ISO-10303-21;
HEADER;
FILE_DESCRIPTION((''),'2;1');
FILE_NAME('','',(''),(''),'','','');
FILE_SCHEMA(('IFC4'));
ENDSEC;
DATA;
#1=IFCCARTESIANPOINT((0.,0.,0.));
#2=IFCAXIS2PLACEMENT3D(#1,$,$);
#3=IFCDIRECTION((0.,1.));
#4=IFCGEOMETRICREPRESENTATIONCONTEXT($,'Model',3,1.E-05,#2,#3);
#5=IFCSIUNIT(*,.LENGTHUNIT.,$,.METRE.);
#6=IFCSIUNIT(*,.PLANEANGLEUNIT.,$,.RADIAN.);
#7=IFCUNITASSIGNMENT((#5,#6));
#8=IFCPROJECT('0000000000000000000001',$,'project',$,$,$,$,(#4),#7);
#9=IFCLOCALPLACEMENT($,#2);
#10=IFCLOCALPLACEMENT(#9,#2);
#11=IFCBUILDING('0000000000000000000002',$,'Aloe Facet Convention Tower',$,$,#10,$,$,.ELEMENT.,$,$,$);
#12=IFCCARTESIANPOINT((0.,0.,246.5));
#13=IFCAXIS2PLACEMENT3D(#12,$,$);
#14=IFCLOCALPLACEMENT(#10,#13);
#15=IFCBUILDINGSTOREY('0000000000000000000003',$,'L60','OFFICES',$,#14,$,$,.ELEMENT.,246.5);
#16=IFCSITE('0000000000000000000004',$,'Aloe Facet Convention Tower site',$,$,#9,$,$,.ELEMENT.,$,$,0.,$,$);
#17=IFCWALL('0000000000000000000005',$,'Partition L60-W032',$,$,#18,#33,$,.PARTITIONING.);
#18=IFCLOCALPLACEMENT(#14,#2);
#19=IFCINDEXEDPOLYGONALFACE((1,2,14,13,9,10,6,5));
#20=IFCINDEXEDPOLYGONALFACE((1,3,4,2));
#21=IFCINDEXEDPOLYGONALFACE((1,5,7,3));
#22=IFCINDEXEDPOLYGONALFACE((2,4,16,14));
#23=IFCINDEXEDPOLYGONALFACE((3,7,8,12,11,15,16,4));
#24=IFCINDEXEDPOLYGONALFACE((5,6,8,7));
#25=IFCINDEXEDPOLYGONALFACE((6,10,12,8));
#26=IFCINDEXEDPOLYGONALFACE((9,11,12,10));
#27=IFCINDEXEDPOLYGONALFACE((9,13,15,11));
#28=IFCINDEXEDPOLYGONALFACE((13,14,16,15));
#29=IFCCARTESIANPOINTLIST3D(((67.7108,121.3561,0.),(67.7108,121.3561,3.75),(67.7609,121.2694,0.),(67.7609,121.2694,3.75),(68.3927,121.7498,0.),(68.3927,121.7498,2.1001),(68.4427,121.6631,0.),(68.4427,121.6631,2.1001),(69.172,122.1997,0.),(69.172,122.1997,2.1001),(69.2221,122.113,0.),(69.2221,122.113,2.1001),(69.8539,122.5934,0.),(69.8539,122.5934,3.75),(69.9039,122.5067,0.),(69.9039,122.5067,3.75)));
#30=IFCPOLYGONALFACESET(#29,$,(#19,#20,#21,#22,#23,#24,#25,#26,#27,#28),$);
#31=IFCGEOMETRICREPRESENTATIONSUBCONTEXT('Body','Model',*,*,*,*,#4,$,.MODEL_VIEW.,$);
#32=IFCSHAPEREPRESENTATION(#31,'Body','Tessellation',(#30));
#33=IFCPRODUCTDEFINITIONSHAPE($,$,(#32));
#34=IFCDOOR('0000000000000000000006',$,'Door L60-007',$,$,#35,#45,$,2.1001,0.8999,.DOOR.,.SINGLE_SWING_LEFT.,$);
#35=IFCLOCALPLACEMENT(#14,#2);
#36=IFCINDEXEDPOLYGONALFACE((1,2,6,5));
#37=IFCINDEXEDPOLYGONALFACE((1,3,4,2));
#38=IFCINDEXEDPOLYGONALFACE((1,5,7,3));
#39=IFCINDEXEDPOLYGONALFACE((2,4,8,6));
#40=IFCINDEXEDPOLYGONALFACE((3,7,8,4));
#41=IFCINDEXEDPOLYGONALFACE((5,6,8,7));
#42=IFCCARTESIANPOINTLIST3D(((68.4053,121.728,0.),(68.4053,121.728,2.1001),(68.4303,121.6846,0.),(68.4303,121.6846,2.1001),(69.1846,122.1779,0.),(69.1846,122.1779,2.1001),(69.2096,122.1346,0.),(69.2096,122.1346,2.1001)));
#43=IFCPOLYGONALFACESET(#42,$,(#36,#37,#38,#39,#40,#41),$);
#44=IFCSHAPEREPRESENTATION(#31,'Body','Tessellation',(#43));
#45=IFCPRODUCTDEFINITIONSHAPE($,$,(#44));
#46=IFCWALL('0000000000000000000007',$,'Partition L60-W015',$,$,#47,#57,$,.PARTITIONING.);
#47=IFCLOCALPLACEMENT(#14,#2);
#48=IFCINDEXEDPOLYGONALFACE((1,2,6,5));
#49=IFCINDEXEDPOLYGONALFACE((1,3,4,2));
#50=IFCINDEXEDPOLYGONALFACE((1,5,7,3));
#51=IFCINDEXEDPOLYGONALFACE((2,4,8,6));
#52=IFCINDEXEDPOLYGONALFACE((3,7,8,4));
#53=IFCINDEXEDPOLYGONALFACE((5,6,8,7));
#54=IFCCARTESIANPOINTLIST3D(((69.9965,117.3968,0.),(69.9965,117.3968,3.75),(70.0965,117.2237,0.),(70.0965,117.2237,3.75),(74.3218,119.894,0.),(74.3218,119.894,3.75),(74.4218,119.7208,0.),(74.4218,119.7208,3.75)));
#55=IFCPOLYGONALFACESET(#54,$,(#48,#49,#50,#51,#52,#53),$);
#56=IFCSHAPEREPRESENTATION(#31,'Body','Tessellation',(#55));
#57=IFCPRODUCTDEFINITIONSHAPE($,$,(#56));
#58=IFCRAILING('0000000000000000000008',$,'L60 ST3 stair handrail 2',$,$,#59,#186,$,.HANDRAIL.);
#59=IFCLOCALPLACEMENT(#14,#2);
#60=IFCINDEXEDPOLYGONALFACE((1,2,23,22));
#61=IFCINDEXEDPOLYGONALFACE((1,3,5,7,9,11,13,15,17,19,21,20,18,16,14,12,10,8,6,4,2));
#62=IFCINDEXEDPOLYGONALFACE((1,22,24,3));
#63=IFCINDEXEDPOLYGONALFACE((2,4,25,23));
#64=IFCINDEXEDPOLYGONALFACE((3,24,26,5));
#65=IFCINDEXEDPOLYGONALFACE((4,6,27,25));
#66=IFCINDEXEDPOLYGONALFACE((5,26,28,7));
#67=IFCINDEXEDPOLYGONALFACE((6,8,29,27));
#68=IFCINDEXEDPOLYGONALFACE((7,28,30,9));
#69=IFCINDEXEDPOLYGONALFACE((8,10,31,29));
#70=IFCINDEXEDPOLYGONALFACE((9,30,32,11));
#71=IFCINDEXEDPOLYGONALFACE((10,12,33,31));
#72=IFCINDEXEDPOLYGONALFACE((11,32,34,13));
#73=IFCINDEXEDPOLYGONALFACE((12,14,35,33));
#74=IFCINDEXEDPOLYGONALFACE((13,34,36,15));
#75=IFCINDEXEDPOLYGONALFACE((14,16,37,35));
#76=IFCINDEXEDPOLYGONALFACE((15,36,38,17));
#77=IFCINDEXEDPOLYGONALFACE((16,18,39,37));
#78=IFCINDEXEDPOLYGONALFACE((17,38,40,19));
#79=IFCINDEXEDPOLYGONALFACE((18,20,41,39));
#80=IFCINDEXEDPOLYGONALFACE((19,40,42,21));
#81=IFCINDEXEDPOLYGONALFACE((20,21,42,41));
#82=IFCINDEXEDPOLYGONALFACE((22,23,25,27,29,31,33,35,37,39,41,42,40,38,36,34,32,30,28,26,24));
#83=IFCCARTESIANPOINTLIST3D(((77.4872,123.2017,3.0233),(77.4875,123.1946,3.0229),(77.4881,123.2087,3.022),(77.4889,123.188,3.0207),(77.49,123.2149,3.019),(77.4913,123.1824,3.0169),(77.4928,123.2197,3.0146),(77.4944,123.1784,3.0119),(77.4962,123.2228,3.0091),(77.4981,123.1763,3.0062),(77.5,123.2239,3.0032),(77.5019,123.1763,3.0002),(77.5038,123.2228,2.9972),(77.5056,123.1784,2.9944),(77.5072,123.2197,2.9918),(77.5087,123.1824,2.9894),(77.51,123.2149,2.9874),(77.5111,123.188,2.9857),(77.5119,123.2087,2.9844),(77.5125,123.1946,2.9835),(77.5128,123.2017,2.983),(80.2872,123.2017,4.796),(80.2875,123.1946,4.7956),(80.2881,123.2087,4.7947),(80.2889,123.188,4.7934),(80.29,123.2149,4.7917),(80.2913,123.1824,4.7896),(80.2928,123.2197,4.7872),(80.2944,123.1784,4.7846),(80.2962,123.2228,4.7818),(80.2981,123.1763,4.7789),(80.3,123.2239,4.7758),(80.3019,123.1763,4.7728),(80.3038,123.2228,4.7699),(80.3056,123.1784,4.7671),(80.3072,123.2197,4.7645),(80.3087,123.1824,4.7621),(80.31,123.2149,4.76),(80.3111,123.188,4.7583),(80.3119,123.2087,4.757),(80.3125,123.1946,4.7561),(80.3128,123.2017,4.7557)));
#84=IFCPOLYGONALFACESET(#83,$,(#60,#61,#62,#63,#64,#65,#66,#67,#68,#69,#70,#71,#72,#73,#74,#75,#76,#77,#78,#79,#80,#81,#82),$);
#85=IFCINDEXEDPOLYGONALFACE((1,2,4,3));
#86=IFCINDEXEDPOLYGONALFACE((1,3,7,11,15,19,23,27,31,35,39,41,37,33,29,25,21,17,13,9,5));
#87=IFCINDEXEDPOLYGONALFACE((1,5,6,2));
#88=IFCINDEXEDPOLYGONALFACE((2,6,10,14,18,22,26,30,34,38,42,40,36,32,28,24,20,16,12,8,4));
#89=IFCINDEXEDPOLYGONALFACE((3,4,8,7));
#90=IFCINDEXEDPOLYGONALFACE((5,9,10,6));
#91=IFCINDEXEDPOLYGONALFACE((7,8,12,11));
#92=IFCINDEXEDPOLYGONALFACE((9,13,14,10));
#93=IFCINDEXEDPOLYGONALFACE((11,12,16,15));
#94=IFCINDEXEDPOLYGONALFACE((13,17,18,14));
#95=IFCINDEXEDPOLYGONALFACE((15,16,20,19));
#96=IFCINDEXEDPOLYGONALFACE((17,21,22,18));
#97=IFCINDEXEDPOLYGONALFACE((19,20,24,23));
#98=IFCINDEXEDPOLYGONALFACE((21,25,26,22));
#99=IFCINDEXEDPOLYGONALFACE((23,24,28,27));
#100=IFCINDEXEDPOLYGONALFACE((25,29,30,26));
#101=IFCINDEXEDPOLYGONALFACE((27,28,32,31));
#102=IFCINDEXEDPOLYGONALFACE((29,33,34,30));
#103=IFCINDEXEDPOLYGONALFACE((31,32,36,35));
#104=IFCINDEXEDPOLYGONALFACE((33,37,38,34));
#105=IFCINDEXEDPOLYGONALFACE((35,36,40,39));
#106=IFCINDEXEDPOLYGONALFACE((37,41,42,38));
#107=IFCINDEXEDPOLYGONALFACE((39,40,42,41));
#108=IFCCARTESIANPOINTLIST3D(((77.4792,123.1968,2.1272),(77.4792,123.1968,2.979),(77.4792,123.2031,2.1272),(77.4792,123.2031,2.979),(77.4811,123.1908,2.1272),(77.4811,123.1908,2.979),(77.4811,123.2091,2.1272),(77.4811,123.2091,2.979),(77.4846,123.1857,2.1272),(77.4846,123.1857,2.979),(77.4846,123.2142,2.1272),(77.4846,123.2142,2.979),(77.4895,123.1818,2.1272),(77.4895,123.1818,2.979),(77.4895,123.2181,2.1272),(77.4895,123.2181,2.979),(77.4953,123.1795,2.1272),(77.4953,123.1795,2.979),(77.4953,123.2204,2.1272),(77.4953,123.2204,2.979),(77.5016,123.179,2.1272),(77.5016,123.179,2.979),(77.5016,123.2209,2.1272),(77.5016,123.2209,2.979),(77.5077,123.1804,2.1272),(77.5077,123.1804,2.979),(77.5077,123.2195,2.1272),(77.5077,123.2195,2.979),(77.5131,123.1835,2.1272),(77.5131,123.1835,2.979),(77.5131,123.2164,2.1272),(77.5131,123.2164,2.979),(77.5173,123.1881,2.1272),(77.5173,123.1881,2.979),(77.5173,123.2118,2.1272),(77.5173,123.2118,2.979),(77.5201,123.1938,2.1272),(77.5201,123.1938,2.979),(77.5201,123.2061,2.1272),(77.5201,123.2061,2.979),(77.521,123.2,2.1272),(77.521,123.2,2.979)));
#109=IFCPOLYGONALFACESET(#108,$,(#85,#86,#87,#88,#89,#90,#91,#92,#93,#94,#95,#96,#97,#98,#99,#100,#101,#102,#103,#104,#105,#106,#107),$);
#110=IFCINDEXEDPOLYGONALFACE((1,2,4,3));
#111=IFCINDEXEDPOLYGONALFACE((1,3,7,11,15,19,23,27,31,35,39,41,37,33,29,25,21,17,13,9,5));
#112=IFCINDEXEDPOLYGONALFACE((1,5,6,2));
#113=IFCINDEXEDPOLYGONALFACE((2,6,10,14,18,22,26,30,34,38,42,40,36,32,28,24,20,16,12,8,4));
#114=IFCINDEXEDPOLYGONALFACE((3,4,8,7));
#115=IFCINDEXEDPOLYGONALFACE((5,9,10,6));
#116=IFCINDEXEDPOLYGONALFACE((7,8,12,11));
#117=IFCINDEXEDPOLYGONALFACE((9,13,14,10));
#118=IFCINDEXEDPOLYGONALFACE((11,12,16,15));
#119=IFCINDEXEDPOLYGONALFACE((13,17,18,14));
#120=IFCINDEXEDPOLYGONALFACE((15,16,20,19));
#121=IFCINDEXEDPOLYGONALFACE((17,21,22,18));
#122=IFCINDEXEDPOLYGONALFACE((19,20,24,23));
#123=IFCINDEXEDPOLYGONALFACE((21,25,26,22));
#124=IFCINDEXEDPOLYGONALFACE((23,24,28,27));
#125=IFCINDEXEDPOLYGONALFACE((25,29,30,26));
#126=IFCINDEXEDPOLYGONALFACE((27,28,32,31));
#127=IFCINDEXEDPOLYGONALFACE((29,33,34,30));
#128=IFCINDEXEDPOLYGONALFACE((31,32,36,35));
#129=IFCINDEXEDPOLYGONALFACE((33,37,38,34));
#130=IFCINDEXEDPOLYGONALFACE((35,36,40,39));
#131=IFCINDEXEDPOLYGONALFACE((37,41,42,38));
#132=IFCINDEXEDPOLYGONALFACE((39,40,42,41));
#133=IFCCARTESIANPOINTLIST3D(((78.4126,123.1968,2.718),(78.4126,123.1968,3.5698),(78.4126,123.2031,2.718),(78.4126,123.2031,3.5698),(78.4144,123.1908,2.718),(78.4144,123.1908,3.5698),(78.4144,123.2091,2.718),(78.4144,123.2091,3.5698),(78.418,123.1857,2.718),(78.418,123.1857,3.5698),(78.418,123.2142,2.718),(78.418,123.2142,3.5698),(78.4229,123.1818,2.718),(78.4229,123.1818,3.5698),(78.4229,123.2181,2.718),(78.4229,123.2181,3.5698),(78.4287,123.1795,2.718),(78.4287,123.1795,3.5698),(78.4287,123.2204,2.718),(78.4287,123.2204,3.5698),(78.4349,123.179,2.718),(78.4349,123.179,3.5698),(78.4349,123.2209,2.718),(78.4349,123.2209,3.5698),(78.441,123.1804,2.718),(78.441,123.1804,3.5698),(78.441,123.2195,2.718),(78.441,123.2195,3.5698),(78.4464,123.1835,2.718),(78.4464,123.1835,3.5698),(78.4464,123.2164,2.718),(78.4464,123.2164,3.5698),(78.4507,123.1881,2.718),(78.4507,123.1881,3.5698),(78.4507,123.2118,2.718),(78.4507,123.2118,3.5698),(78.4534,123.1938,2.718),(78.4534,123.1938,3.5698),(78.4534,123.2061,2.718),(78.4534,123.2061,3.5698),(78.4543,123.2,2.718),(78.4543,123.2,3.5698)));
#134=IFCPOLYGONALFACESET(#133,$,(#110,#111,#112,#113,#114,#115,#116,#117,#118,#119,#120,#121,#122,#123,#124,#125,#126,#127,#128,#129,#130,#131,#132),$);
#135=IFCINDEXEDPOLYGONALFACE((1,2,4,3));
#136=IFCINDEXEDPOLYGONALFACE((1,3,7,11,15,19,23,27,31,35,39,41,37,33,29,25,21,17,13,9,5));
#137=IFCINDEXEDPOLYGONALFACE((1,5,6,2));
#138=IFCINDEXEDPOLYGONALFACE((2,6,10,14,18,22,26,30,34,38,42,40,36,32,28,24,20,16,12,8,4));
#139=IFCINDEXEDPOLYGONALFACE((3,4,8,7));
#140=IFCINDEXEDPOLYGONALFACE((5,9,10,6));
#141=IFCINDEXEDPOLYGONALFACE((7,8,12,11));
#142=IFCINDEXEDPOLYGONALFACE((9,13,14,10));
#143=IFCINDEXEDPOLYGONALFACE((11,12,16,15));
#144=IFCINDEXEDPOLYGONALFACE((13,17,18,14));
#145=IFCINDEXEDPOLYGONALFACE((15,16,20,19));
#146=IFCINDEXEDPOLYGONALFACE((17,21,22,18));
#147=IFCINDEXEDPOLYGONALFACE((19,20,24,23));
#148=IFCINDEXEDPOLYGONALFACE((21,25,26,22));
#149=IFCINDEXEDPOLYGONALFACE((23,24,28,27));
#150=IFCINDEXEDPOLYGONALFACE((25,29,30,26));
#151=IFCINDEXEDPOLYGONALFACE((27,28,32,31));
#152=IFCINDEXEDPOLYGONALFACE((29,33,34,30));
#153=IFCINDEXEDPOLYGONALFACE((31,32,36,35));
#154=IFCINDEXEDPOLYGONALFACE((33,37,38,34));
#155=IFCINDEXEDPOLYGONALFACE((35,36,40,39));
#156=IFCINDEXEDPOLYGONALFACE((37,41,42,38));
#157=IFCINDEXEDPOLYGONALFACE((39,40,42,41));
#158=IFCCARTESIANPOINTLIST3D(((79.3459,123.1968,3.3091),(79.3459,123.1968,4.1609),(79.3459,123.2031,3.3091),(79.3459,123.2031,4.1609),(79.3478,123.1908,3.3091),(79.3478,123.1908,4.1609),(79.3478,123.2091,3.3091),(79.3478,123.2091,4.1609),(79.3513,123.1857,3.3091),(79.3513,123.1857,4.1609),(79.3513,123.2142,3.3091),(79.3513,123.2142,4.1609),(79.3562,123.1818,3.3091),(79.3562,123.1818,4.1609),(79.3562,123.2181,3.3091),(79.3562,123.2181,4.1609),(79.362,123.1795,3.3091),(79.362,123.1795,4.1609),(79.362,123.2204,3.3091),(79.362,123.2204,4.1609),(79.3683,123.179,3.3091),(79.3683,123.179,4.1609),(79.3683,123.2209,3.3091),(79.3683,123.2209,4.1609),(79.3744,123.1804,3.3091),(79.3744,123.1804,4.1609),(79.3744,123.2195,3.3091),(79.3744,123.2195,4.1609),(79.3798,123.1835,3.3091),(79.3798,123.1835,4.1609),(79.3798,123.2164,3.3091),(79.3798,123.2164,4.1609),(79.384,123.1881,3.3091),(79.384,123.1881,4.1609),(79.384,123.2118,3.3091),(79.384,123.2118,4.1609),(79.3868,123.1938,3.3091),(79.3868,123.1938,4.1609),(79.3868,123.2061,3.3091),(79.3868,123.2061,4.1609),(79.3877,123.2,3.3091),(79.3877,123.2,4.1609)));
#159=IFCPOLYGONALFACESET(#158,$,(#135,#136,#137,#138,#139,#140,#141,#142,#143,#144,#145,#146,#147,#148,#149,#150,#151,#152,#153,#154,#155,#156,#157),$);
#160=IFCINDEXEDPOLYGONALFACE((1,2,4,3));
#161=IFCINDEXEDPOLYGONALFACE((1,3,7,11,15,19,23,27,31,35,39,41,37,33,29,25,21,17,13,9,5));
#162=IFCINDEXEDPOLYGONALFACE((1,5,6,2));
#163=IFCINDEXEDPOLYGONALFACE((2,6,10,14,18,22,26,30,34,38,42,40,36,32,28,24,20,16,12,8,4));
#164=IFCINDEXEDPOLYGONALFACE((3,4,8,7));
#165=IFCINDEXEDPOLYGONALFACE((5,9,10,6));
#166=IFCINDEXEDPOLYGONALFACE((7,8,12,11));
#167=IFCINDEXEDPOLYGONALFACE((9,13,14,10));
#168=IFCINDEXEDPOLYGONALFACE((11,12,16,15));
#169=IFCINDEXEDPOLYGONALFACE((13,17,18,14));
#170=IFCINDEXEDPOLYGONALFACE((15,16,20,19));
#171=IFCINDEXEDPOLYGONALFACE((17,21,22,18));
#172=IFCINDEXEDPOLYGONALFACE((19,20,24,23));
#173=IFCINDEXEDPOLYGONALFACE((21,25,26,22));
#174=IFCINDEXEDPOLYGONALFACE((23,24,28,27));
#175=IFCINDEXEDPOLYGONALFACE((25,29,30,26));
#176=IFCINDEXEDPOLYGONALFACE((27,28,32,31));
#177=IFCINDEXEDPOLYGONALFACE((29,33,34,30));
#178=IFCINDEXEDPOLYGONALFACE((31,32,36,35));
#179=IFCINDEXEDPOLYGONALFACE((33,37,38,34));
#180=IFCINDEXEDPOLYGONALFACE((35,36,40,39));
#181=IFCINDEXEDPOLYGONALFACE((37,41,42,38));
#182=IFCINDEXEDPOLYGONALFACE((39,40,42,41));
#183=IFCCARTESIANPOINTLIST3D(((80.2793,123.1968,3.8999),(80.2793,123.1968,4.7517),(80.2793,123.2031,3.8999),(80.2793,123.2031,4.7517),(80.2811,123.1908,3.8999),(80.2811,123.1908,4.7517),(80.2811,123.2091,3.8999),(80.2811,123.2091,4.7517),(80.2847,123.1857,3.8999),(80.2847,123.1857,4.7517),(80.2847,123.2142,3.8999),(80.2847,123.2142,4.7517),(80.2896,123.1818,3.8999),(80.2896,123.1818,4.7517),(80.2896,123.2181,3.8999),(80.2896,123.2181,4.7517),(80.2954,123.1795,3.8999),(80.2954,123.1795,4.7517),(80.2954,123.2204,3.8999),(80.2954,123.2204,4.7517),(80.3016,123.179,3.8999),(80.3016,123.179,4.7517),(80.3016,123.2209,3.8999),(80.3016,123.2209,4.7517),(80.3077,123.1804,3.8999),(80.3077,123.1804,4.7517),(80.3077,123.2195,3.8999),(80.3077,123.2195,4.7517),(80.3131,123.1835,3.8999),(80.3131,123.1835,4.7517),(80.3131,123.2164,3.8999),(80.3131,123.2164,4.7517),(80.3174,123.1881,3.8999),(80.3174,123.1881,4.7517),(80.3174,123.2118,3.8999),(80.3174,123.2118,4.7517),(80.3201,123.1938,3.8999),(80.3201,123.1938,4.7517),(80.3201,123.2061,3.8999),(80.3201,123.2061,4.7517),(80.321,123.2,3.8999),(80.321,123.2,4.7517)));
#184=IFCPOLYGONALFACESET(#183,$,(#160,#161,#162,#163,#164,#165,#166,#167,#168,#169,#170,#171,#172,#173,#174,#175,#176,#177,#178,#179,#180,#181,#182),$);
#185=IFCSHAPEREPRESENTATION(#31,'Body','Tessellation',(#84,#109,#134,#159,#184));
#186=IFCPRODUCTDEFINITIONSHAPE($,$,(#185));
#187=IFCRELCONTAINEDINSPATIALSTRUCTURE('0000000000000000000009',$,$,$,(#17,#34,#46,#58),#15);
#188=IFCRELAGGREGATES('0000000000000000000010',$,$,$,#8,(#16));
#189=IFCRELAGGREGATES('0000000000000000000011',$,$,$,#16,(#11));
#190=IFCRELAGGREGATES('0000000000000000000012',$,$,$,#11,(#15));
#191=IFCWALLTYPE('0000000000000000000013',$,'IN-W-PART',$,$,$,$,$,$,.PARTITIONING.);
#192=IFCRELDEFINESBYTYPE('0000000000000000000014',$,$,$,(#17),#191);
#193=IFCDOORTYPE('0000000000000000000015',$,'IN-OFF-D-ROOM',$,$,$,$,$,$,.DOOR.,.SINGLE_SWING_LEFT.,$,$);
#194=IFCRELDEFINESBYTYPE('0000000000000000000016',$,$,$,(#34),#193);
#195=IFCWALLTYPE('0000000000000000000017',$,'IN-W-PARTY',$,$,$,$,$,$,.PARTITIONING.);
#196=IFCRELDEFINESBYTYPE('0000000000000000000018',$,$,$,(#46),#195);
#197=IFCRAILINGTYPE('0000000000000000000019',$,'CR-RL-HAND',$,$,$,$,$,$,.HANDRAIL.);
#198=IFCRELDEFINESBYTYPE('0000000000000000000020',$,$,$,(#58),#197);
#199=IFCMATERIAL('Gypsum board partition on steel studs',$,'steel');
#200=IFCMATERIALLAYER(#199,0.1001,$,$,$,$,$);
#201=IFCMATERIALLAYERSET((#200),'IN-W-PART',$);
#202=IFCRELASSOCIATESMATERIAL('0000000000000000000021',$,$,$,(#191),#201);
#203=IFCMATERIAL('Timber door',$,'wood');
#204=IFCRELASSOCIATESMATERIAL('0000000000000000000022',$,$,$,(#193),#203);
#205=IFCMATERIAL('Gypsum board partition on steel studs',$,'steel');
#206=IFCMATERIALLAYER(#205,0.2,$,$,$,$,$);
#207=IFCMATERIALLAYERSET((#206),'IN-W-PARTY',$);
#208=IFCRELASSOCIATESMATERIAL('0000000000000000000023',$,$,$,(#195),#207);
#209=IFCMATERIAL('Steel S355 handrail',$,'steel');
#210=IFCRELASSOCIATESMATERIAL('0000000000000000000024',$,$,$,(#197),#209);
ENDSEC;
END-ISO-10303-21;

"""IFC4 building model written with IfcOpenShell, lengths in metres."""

from ifc_helpers import new_model, si_unit, direction, frame, frame_2d, origin, origin_2d, place, context, subcontext, project, spatial, rectangle, circle, extrude, material, layer, layer_set, type_object, element, fill, save


model = new_model("IFC4")

# Units and contexts
model_context = context("Model", 3, precision=1e-05, world=origin(), true_north=direction((0.0, 1.0)))
body_context = subcontext(model_context, "Body", "Model", "MODEL_VIEW")
ifc_project = project(units=[si_unit("LENGTHUNIT", "METRE"), si_unit("PLANEANGLEUNIT", "RADIAN")], contexts=[model_context])

# Site, building, storey
site_placement = place(None, origin())
site = spatial("IfcSite", under=ifc_project, at=site_placement, Name="Aloe Facet Convention Tower site", CompositionType="ELEMENT", RefElevation=0.0)
building_placement = place(site_placement, origin())
building = spatial("IfcBuilding", under=site, at=building_placement, Name="Aloe Facet Convention Tower", CompositionType="ELEMENT")
storey_placement = place(building_placement, frame((0.0, 0.0, 246.5)))
storey = spatial("IfcBuildingStorey", under=building, at=storey_placement, Name="L60", Description="OFFICES", CompositionType="ELEMENT", Elevation=246.5)

# Wall, opening, door
ifc_material_1 = material(Name="Gypsum board partition on steel studs", Category="steel")
ifc_layer_1 = layer(ifc_material_1, 0.1001)
ifc_layer_set_1 = layer_set([ifc_layer_1], Name="IN-W-PART")
wall_type_1 = type_object("IfcWallType", Name="IN-W-PART", PredefinedType="PARTITIONING", material=ifc_layer_set_1)
wall_1_placement = place(storey_placement, frame((67.7358, 121.3127, 0.0), z_axis=(0.0, 0.0, 1.0), x_axis=(0.866025, 0.500001, 0.0)))
wall_1 = element("IfcWall", 1, at=wall_1_placement, inside=storey, type_object=wall_type_1, Name="Partition L60-W032", PredefinedType="PARTITIONING", context=body_context, shape_type="SweptSolid", body=[
    extrude(rectangle(XDim=2.4746, YDim=0.1001, at=frame_2d((1.2373, 0.0))), origin(), (0.0, 0.0, 1.0), 3.75),
])
opening_1_placement = place(wall_1_placement, frame((0.7874, 0.0, 0.0)))
opening_1 = element("IfcOpeningElement", 2, at=opening_1_placement, cuts=wall_1, PredefinedType="OPENING", context=body_context, shape_type="SweptSolid", body=[
    extrude(rectangle(XDim=0.8999, YDim=2.1001, at=frame_2d((0.45, 1.05))), frame((0.0, 0.0601, 0.0), z_axis=(0.0, -1.0, 0.0), x_axis=(1.0, 0.0, 0.0)), (0.0, 0.0, 1.0), 0.1201),
])
ifc_material_2 = material(Name="Timber door", Category="wood")
door_type_1 = type_object("IfcDoorType", Name="IN-OFF-D-ROOM", OperationType="SINGLE_SWING_LEFT", PredefinedType="DOOR", material=ifc_material_2)
door_1_placement = place(opening_1_placement, origin())
door_1 = element("IfcDoor", 3, at=door_1_placement, inside=storey, type_object=door_type_1, Name="Door L60-007", OperationType="SINGLE_SWING_LEFT", OverallHeight=2.1001, OverallWidth=0.8999, PredefinedType="DOOR", context=body_context, shape_type="SweptSolid", body=[
    extrude(rectangle(XDim=0.8999, YDim=2.1001, at=frame_2d((0.45, 1.05))), frame((0.0, 0.0249, 0.0), z_axis=(0.0, -1.0, 0.0), x_axis=(1.0, 0.0, 0.0)), (0.0, 0.0, 1.0), 0.05),
])
fill(opening_1, door_1)

# Wall
ifc_material_3 = material(Name="Gypsum board partition on steel studs", Category="steel")
ifc_layer_2 = layer(ifc_material_3, 0.2)
ifc_layer_set_2 = layer_set([ifc_layer_2], Name="IN-W-PARTY")
wall_type_2 = type_object("IfcWallType", Name="IN-W-PARTY", PredefinedType="PARTITIONING", material=ifc_layer_set_2)
wall_2_placement = place(storey_placement, frame((70.0466, 117.3103, 0.0), z_axis=(0.0, 0.0, 1.0), x_axis=(0.866033, 0.499988, 0.0)))
element("IfcWall", 4, at=wall_2_placement, inside=storey, type_object=wall_type_2, Name="Partition L60-W015", PredefinedType="PARTITIONING", context=body_context, shape_type="SweptSolid", body=[
    extrude(rectangle(XDim=4.9944, YDim=0.2, at=frame_2d((2.4971, 0.0))), origin(), (0.0, 0.0, 1.0), 3.75),
])

# Railing
ifc_material_4 = material(Name="Steel S355 handrail", Category="steel")
railing_type = type_object("IfcRailingType", Name="CR-RL-HAND", PredefinedType="HANDRAIL", material=ifc_material_4)
railing_placement = place(storey_placement, frame((77.5, 123.2, 2.1272)))
element("IfcRailing", 5, at=railing_placement, inside=storey, type_object=railing_type, Name="L60 ST3 stair handrail 2", PredefinedType="HANDRAIL", context=body_context, shape_type="SweptSolid", body=[
    extrude(circle(Radius=0.0239, at=origin_2d()), frame((0.0, 0.0, 0.876), z_axis=(0.844909, 0.0, 0.53491), x_axis=(0.0, 1.0, 0.0)), (0.0, 0.0, 1.0), 3.314),
    extrude(circle(Radius=0.021, at=origin_2d()), origin(), (0.0, 0.0, 1.0), 0.8518),
    extrude(circle(Radius=0.021, at=origin_2d()), frame((0.9333, 0.0, 0.5908)), (0.0, 0.0, 1.0), 0.8518),
    extrude(circle(Radius=0.021, at=origin_2d()), frame((1.8667, 0.0, 1.1819)), (0.0, 0.0, 1.0), 0.8518),
    extrude(circle(Radius=0.021, at=origin_2d()), frame((2.8, 0.0, 1.7727)), (0.0, 0.0, 1.0), 0.8518),
])

save(model, "model.ifc")
